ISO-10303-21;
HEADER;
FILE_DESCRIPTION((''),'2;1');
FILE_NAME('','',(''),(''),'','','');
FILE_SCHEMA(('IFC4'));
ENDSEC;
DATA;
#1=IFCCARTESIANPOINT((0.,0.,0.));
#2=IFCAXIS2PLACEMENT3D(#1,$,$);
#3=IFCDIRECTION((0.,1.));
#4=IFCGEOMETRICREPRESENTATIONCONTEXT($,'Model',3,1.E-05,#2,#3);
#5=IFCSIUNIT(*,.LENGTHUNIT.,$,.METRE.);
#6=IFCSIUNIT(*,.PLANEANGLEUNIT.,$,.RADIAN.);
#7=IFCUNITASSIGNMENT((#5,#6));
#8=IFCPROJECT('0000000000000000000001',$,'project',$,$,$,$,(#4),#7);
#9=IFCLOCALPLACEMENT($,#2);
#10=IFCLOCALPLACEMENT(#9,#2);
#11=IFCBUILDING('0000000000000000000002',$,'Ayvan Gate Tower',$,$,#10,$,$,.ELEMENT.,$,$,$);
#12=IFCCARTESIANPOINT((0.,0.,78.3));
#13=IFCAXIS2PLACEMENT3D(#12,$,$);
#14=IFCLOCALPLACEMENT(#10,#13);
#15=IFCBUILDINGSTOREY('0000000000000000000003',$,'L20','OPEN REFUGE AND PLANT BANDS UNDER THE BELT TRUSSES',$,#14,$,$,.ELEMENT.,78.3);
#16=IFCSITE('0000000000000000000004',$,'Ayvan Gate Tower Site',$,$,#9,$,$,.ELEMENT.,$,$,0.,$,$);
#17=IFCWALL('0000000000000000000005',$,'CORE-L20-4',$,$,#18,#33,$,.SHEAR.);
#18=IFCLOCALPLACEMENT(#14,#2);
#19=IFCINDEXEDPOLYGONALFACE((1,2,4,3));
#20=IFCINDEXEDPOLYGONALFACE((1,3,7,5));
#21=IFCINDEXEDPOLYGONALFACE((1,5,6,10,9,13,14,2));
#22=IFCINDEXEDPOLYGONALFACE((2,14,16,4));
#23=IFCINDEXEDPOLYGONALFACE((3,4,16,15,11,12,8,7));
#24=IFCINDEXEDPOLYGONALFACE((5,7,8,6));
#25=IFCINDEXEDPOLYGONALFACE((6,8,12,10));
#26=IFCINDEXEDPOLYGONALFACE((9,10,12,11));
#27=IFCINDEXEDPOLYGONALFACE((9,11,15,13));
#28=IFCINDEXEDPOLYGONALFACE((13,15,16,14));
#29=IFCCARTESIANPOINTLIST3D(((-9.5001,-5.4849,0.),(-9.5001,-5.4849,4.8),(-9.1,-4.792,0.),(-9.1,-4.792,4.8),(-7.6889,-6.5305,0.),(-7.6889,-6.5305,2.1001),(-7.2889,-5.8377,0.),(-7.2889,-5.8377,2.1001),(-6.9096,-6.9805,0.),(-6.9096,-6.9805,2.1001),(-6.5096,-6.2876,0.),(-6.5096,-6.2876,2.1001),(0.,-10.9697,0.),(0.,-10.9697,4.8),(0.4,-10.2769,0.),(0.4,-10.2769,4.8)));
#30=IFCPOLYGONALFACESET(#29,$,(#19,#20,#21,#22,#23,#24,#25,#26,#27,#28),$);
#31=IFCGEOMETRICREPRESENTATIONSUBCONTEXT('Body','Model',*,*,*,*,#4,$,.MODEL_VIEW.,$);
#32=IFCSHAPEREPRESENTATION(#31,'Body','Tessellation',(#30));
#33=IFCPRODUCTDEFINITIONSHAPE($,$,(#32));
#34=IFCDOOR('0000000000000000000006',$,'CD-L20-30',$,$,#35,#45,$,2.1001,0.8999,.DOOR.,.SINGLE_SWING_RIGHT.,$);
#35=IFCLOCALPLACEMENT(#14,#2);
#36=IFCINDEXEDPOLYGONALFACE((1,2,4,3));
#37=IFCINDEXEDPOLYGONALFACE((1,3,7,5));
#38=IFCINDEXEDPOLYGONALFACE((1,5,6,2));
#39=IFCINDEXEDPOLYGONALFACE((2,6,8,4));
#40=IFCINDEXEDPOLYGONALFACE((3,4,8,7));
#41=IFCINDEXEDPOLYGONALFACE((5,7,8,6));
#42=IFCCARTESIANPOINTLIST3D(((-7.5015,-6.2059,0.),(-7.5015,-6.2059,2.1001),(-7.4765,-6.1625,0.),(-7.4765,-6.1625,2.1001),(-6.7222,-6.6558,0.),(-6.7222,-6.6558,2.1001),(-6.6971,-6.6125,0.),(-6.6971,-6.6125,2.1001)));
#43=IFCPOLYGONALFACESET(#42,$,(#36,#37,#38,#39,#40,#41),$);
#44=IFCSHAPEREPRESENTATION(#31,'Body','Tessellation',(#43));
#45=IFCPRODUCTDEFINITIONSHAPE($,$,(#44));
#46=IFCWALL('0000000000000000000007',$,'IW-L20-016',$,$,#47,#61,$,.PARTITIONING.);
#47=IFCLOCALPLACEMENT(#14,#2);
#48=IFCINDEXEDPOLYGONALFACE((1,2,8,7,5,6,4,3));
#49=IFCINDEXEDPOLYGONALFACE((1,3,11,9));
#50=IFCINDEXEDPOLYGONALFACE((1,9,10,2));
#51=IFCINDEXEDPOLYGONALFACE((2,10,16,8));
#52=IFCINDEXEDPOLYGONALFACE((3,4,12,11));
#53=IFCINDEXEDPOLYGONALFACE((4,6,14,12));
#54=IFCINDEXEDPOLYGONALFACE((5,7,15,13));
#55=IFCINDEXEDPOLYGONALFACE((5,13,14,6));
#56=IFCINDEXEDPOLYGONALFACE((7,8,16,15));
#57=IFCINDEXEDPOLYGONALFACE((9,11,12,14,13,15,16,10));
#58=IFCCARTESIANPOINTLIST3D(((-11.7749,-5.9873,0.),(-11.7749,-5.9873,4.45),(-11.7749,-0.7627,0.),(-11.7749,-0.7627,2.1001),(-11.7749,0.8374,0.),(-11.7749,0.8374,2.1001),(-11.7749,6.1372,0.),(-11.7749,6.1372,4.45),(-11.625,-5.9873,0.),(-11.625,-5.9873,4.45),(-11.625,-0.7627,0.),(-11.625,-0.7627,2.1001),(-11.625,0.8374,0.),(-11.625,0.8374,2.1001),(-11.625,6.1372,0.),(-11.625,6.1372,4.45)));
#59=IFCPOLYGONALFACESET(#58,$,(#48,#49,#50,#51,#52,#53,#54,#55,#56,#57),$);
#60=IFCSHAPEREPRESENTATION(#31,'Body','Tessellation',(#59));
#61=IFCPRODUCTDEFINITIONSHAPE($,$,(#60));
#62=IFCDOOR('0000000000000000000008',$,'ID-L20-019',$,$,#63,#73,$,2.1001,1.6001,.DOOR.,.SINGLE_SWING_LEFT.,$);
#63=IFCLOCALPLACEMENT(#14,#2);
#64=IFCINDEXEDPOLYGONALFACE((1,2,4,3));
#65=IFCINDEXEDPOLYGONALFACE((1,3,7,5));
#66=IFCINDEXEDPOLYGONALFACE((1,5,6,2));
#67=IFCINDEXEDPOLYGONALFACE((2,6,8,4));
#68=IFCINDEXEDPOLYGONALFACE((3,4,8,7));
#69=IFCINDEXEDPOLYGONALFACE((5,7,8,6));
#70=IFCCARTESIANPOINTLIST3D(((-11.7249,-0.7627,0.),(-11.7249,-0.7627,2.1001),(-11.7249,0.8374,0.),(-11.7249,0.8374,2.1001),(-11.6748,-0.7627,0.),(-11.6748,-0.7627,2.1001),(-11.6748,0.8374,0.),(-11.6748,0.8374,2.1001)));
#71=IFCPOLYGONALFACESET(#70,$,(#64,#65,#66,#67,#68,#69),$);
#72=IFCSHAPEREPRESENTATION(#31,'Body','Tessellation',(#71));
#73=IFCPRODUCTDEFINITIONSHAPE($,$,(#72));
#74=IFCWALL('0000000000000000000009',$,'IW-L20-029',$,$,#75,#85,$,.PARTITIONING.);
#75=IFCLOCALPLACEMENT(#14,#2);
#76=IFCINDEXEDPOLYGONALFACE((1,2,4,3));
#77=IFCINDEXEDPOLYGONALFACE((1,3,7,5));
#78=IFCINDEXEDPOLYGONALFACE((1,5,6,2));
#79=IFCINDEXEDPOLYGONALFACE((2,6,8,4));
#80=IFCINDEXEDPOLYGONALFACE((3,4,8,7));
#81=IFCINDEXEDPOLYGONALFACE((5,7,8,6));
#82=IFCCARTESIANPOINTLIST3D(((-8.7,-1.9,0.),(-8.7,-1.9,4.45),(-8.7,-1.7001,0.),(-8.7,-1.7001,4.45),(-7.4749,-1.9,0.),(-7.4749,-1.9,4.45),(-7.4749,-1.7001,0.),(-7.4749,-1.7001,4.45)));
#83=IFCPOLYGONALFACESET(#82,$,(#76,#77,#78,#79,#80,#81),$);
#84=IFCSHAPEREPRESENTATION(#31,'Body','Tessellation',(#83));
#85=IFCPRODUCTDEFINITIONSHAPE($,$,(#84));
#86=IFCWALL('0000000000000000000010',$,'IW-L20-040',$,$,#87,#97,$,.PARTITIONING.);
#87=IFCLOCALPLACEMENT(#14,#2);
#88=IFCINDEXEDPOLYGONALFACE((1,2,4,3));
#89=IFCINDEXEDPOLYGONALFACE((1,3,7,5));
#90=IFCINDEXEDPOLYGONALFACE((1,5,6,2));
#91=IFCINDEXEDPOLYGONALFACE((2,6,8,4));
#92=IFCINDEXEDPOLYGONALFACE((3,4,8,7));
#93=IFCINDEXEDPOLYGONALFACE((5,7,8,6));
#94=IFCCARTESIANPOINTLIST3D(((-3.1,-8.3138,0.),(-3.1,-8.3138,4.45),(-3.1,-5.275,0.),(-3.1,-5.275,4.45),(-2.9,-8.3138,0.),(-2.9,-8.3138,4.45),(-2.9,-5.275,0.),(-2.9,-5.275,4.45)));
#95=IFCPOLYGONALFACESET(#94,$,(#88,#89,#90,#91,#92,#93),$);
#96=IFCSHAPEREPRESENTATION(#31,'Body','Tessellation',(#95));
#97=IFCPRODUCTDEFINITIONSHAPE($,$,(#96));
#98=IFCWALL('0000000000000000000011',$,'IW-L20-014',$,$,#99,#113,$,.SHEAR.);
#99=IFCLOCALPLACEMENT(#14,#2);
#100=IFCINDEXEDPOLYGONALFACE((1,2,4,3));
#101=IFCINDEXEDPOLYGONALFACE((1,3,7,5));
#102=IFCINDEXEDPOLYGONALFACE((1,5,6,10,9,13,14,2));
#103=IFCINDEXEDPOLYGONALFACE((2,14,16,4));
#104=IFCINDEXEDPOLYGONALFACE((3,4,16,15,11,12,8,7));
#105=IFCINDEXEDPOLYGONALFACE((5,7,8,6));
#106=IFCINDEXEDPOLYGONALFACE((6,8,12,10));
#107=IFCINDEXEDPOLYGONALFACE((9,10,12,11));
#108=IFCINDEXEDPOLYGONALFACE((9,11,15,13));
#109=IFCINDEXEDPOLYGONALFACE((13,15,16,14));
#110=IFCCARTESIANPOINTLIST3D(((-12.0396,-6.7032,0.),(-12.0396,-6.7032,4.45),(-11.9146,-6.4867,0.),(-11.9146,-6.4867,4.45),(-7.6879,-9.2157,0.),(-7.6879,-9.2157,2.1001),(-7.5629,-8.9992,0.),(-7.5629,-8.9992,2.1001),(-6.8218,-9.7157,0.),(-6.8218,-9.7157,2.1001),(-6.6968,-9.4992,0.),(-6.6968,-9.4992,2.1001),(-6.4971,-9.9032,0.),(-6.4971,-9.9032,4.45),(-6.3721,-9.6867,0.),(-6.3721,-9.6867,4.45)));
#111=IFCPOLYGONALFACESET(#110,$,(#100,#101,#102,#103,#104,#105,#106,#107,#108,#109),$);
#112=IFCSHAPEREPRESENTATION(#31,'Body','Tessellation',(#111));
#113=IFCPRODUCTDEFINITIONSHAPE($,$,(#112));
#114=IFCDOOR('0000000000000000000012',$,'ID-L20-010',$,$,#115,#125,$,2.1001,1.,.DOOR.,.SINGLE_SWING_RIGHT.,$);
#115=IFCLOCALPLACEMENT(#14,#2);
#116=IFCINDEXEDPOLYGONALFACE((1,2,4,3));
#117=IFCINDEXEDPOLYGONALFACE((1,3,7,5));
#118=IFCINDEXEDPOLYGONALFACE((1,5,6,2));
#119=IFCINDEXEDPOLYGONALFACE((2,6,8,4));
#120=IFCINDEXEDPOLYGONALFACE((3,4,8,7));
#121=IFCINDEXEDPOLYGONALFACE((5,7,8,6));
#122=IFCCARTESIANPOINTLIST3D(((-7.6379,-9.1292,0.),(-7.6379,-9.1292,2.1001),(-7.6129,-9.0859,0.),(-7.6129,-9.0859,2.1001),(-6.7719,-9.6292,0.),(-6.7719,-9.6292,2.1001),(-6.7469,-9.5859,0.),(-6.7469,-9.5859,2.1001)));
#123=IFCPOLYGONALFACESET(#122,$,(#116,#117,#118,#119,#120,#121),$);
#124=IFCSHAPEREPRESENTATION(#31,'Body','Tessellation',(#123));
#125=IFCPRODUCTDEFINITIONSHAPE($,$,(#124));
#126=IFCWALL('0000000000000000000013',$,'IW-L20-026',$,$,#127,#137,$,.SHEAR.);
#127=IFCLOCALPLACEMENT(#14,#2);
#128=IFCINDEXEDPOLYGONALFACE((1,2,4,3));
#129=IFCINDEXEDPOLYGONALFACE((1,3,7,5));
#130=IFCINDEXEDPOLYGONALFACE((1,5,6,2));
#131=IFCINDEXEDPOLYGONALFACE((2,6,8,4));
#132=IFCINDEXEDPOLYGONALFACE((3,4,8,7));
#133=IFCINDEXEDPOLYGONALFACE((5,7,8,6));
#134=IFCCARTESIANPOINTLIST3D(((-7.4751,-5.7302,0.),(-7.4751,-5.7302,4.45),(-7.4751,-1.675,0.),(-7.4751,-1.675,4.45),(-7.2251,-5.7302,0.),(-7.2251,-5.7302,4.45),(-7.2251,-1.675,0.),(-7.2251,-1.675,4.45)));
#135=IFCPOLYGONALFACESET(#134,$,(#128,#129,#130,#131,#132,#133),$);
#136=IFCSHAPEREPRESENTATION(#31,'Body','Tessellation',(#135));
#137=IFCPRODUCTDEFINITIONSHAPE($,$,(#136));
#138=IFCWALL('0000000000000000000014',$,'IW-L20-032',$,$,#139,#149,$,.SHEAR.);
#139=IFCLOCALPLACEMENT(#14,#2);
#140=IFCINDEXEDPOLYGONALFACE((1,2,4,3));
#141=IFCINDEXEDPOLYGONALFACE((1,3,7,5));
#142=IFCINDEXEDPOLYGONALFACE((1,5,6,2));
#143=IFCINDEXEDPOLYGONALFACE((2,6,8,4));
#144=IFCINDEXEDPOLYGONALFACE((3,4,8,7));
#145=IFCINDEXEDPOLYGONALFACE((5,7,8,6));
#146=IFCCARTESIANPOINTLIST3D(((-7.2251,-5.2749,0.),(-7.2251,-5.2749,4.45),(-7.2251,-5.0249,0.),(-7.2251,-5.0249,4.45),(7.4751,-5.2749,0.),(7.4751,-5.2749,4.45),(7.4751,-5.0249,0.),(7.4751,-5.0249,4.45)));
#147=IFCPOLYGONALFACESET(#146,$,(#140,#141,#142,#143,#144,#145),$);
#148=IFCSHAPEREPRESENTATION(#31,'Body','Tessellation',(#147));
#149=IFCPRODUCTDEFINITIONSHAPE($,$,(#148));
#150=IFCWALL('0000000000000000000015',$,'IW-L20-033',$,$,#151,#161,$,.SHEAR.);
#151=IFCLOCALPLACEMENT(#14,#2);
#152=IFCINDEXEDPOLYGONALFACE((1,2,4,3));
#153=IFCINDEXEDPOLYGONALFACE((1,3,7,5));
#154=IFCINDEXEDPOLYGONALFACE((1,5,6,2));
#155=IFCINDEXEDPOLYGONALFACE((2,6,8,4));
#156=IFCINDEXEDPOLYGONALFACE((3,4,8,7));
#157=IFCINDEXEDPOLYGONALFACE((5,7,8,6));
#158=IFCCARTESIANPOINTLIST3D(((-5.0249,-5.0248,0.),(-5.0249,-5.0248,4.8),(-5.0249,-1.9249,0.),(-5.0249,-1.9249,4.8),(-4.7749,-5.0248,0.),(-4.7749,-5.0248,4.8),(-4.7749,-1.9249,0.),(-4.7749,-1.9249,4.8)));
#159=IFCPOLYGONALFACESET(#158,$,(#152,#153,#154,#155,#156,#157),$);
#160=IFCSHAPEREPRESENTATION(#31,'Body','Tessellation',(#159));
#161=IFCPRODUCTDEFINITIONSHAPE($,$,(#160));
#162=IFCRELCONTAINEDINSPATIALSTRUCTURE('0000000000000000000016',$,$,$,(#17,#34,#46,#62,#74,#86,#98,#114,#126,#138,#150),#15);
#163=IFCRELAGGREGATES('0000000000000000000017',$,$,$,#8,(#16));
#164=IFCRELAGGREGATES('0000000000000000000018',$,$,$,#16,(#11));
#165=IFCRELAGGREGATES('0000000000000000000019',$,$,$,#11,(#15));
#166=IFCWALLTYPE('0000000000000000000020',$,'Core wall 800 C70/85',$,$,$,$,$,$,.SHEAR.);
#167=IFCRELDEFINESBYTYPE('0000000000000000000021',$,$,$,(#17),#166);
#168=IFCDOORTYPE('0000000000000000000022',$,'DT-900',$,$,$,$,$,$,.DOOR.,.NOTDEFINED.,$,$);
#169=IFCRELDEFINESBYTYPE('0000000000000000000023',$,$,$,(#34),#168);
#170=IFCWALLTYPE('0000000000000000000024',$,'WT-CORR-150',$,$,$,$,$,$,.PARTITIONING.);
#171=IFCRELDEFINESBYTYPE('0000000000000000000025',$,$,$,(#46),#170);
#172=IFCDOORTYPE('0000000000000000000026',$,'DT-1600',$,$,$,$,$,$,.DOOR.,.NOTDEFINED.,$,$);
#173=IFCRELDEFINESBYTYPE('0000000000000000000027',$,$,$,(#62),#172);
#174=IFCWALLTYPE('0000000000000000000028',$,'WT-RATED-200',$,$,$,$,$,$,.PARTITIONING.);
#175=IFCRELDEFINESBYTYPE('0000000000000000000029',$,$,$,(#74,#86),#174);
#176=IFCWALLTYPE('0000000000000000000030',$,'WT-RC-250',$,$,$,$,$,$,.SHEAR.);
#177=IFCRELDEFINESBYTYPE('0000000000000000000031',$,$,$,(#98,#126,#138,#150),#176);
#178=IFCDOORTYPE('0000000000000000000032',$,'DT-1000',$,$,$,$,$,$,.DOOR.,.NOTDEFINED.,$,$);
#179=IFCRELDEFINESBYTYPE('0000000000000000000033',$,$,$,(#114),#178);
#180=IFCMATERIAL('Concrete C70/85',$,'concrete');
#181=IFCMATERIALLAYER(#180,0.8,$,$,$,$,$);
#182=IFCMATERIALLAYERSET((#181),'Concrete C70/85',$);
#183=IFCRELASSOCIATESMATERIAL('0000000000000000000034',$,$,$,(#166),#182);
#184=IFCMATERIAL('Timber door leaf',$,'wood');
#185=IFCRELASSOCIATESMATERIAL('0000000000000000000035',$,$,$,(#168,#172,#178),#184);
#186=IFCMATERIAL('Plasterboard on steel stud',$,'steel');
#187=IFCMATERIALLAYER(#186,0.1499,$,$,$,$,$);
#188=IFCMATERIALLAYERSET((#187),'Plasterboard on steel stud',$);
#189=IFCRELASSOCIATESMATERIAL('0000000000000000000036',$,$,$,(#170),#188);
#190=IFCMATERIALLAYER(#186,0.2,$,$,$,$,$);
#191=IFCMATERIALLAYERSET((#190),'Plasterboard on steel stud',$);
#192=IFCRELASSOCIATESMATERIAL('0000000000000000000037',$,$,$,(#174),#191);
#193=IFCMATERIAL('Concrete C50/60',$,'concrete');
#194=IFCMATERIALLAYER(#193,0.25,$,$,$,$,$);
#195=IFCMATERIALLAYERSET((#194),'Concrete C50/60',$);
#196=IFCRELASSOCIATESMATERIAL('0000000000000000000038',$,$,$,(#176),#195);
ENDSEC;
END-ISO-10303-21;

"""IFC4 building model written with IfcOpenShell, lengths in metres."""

from ifc_helpers import new_model, si_unit, direction, frame, frame_2d, origin, place, context, subcontext, project, spatial, rectangle, extrude, material, layer, layer_set, type_object, element, fill, save


model = new_model("IFC4")

# Units and contexts
model_context = context("Model", 3, precision=1e-05, world=origin(), true_north=direction((0.0, 1.0)))
body_context = subcontext(model_context, "Body", "Model", "MODEL_VIEW")
ifc_project = project(units=[si_unit("LENGTHUNIT", "METRE"), si_unit("PLANEANGLEUNIT", "RADIAN")], contexts=[model_context])

# Site, building, storey
site_placement = place(None, origin())
site = spatial("IfcSite", under=ifc_project, at=site_placement, Name="Ayvan Gate Tower Site", CompositionType="ELEMENT", RefElevation=0.0)
building_placement = place(site_placement, origin())
building = spatial("IfcBuilding", under=site, at=building_placement, Name="Ayvan Gate Tower", CompositionType="ELEMENT")
storey_placement = place(building_placement, frame((0.0, 0.0, 78.3)))
storey = spatial("IfcBuildingStorey", under=building, at=storey_placement, Name="L20", Description="OPEN REFUGE AND PLANT BANDS UNDER THE BELT TRUSSES", CompositionType="ELEMENT", Elevation=78.3)

# Walls, openings, doors
ifc_material_1 = material(Name="Concrete C70/85", Category="concrete")
ifc_layer_1 = layer(ifc_material_1, 0.8)
ifc_layer_set_1 = layer_set([ifc_layer_1], Name="Concrete C70/85")
wall_type_1 = type_object("IfcWallType", Name="Core wall 800 C70/85", PredefinedType="SHEAR", material=ifc_layer_set_1)
wall_1_placement = place(storey_placement, frame((-9.3, -5.1384, 0.0), z_axis=(0.0, 0.0, 1.0), x_axis=(0.866024, -0.500002, 0.0)))
wall_1 = element("IfcWall", 1, at=wall_1_placement, inside=storey, type_object=wall_type_1, Name="CORE-L20-4", PredefinedType="SHEAR", context=body_context, shape_type="SweptSolid", body=[
    extrude(rectangle(XDim=10.9697, YDim=0.8, at=frame_2d((5.4849, 0.0))), origin(), (0.0, 0.0, 1.0), 4.8),
])
opening_1_placement = place(wall_1_placement, frame((2.0913, 0.0, 0.0)))
opening_1 = element("IfcOpeningElement", 2, at=opening_1_placement, cuts=wall_1, PredefinedType="OPENING", context=body_context, shape_type="SweptSolid", body=[
    extrude(rectangle(XDim=0.8999, YDim=2.1001, at=frame_2d((0.45, 1.05))), frame((0.0, 0.4099, 0.0), z_axis=(0.0, -1.0, 0.0), x_axis=(1.0, 0.0, 0.0)), (0.0, 0.0, 1.0), 0.8201),
])
ifc_material_2 = material(Name="Timber door leaf", Category="wood")
door_type_1 = type_object("IfcDoorType", Name="DT-900", OperationType="NOTDEFINED", PredefinedType="DOOR", material=ifc_material_2)
door_1_placement = place(opening_1_placement, origin())
door_1 = element("IfcDoor", 3, at=door_1_placement, inside=storey, type_object=door_type_1, Name="CD-L20-30", OperationType="SINGLE_SWING_RIGHT", OverallHeight=2.1001, OverallWidth=0.8999, PredefinedType="DOOR", context=body_context, shape_type="SweptSolid", body=[
    extrude(rectangle(XDim=0.8999, YDim=2.1001, at=frame_2d((0.45, 1.05))), frame((0.0, 0.0249, 0.0), z_axis=(0.0, -1.0, 0.0), x_axis=(1.0, 0.0, 0.0)), (0.0, 0.0, 1.0), 0.05),
])
fill(opening_1, door_1)
ifc_material_3 = material(Name="Plasterboard on steel stud", Category="steel")
ifc_layer_2 = layer(ifc_material_3, 0.1499)
ifc_layer_set_2 = layer_set([ifc_layer_2], Name="Plasterboard on steel stud")
wall_type_2 = type_object("IfcWallType", Name="WT-CORR-150", PredefinedType="PARTITIONING", material=ifc_layer_set_2)
wall_2_placement = place(storey_placement, frame((-11.7, -5.9873, 0.0), z_axis=(0.0, 0.0, 1.0), x_axis=(0.0, 1.0, 0.0)))
wall_2 = element("IfcWall", 4, at=wall_2_placement, inside=storey, type_object=wall_type_2, Name="IW-L20-016", PredefinedType="PARTITIONING", context=body_context, shape_type="SweptSolid", body=[
    extrude(rectangle(XDim=12.1245, YDim=0.1499, at=frame_2d((6.0623, 0.0))), origin(), (0.0, 0.0, 1.0), 4.45),
])
opening_2_placement = place(wall_2_placement, frame((5.2246, 0.0, 0.0)))
opening_2 = element("IfcOpeningElement", 5, at=opening_2_placement, cuts=wall_2, PredefinedType="OPENING", context=body_context, shape_type="SweptSolid", body=[
    extrude(rectangle(XDim=1.6001, YDim=2.1001, at=frame_2d((0.8, 1.05))), frame((0.0, 0.085, 0.0), z_axis=(0.0, -1.0, 0.0), x_axis=(1.0, 0.0, 0.0)), (0.0, 0.0, 1.0), 0.1699),
])
door_type_2 = type_object("IfcDoorType", Name="DT-1600", OperationType="NOTDEFINED", PredefinedType="DOOR", material=ifc_material_2)
door_2_placement = place(opening_2_placement, origin())
door_2 = element("IfcDoor", 6, at=door_2_placement, inside=storey, type_object=door_type_2, Name="ID-L20-019", OperationType="SINGLE_SWING_LEFT", OverallHeight=2.1001, OverallWidth=1.6001, PredefinedType="DOOR", context=body_context, shape_type="SweptSolid", body=[
    extrude(rectangle(XDim=1.6001, YDim=2.1001, at=frame_2d((0.8, 1.05))), frame((0.0, 0.0249, 0.0), z_axis=(0.0, -1.0, 0.0), x_axis=(1.0, 0.0, 0.0)), (0.0, 0.0, 1.0), 0.05),
])
fill(opening_2, door_2)

# Walls
ifc_layer_3 = layer(ifc_material_3, 0.2)
ifc_layer_set_3 = layer_set([ifc_layer_3], Name="Plasterboard on steel stud")
wall_type_3 = type_object("IfcWallType", Name="WT-RATED-200", PredefinedType="PARTITIONING", material=ifc_layer_set_3)
wall_3_placement = place(storey_placement, frame((-7.4749, -1.8, 0.0), z_axis=(0.0, 0.0, 1.0), x_axis=(-1.0, 0.0, 0.0)))
element("IfcWall", 7, at=wall_3_placement, inside=storey, type_object=wall_type_3, Name="IW-L20-029", PredefinedType="PARTITIONING", context=body_context, shape_type="SweptSolid", body=[
    extrude(rectangle(XDim=1.2251, YDim=0.2, at=frame_2d((0.6125, 0.0))), origin(), (0.0, 0.0, 1.0), 4.45),
])
wall_4_placement = place(storey_placement, frame((-3.0, -5.2749, 0.0), z_axis=(0.0, 0.0, 1.0), x_axis=(0.0, -1.0, 0.0)))
element("IfcWall", 8, at=wall_4_placement, inside=storey, type_object=wall_type_3, Name="IW-L20-040", PredefinedType="PARTITIONING", context=body_context, shape_type="SweptSolid", body=[
    extrude(rectangle(XDim=3.0388, YDim=0.2, at=frame_2d((1.5195, 0.0))), origin(), (0.0, 0.0, 1.0), 4.45),
])

# Wall, opening, door
ifc_material_4 = material(Name="Concrete C50/60", Category="concrete")
ifc_layer_4 = layer(ifc_material_4, 0.25)
ifc_layer_set_4 = layer_set([ifc_layer_4], Name="Concrete C50/60")
wall_type_4 = type_object("IfcWallType", Name="WT-RC-250", PredefinedType="SHEAR", material=ifc_layer_set_4)
wall_5_placement = place(storey_placement, frame((-11.9771, -6.595, 0.0), z_axis=(0.0, 0.0, 1.0), x_axis=(0.866025, -0.5, 0.0)))
wall_5 = element("IfcWall", 9, at=wall_5_placement, inside=storey, type_object=wall_type_4, Name="IW-L20-014", PredefinedType="SHEAR", context=body_context, shape_type="SweptSolid", body=[
    extrude(rectangle(XDim=6.3999, YDim=0.25, at=frame_2d((3.2, 0.0))), origin(), (0.0, 0.0, 1.0), 4.45),
])
opening_3_placement = place(wall_5_placement, frame((5.0249, 0.0, 0.0)))
opening_3 = element("IfcOpeningElement", 10, at=opening_3_placement, cuts=wall_5, PredefinedType="OPENING", context=body_context, shape_type="SweptSolid", body=[
    extrude(rectangle(XDim=1.0, YDim=2.1001, at=frame_2d((0.5, 1.05))), frame((0.0, 0.135, 0.0), z_axis=(0.0, -1.0, 0.0), x_axis=(1.0, 0.0, 0.0)), (0.0, 0.0, 1.0), 0.27),
])
door_type_3 = type_object("IfcDoorType", Name="DT-1000", OperationType="NOTDEFINED", PredefinedType="DOOR", material=ifc_material_2)
door_3_placement = place(opening_3_placement, origin())
door_3 = element("IfcDoor", 11, at=door_3_placement, inside=storey, type_object=door_type_3, Name="ID-L20-010", OperationType="SINGLE_SWING_RIGHT", OverallHeight=2.1001, OverallWidth=1.0, PredefinedType="DOOR", context=body_context, shape_type="SweptSolid", body=[
    extrude(rectangle(XDim=1.0, YDim=2.1001, at=frame_2d((0.5, 1.05))), frame((0.0, 0.0249, 0.0), z_axis=(0.0, -1.0, 0.0), x_axis=(1.0, 0.0, 0.0)), (0.0, 0.0, 1.0), 0.05),
])
fill(opening_3, door_3)

# Walls
wall_6_placement = place(storey_placement, frame((-7.3501, -5.7302, 0.0), z_axis=(0.0, 0.0, 1.0), x_axis=(0.0, 1.0, 0.0)))
element("IfcWall", 12, at=wall_6_placement, inside=storey, type_object=wall_type_4, Name="IW-L20-026", PredefinedType="SHEAR", context=body_context, shape_type="SweptSolid", body=[
    extrude(rectangle(XDim=4.0552, YDim=0.25, at=frame_2d((2.0276, 0.0))), origin(), (0.0, 0.0, 1.0), 4.45),
])
wall_7_placement = place(storey_placement, frame((-7.2251, -5.1499, 0.0), z_axis=(0.0, 0.0, 1.0), x_axis=(1.0, 0.0, 0.0)))
element("IfcWall", 13, at=wall_7_placement, inside=storey, type_object=wall_type_4, Name="IW-L20-032", PredefinedType="SHEAR", context=body_context, shape_type="SweptSolid", body=[
    extrude(rectangle(XDim=14.7002, YDim=0.25, at=frame_2d((7.3501, 0.0))), origin(), (0.0, 0.0, 1.0), 4.45),
])
wall_8_placement = place(storey_placement, frame((-4.8999, -1.925, 0.0), z_axis=(0.0, 0.0, 1.0), x_axis=(0.0, -1.0, 0.0)))
element("IfcWall", 14, at=wall_8_placement, inside=storey, type_object=wall_type_4, Name="IW-L20-033", PredefinedType="SHEAR", context=body_context, shape_type="SweptSolid", body=[
    extrude(rectangle(XDim=3.0999, YDim=0.25, at=frame_2d((1.5498, 0.0))), origin(), (0.0, 0.0, 1.0), 4.8),
])

save(model, "model.ifc")
